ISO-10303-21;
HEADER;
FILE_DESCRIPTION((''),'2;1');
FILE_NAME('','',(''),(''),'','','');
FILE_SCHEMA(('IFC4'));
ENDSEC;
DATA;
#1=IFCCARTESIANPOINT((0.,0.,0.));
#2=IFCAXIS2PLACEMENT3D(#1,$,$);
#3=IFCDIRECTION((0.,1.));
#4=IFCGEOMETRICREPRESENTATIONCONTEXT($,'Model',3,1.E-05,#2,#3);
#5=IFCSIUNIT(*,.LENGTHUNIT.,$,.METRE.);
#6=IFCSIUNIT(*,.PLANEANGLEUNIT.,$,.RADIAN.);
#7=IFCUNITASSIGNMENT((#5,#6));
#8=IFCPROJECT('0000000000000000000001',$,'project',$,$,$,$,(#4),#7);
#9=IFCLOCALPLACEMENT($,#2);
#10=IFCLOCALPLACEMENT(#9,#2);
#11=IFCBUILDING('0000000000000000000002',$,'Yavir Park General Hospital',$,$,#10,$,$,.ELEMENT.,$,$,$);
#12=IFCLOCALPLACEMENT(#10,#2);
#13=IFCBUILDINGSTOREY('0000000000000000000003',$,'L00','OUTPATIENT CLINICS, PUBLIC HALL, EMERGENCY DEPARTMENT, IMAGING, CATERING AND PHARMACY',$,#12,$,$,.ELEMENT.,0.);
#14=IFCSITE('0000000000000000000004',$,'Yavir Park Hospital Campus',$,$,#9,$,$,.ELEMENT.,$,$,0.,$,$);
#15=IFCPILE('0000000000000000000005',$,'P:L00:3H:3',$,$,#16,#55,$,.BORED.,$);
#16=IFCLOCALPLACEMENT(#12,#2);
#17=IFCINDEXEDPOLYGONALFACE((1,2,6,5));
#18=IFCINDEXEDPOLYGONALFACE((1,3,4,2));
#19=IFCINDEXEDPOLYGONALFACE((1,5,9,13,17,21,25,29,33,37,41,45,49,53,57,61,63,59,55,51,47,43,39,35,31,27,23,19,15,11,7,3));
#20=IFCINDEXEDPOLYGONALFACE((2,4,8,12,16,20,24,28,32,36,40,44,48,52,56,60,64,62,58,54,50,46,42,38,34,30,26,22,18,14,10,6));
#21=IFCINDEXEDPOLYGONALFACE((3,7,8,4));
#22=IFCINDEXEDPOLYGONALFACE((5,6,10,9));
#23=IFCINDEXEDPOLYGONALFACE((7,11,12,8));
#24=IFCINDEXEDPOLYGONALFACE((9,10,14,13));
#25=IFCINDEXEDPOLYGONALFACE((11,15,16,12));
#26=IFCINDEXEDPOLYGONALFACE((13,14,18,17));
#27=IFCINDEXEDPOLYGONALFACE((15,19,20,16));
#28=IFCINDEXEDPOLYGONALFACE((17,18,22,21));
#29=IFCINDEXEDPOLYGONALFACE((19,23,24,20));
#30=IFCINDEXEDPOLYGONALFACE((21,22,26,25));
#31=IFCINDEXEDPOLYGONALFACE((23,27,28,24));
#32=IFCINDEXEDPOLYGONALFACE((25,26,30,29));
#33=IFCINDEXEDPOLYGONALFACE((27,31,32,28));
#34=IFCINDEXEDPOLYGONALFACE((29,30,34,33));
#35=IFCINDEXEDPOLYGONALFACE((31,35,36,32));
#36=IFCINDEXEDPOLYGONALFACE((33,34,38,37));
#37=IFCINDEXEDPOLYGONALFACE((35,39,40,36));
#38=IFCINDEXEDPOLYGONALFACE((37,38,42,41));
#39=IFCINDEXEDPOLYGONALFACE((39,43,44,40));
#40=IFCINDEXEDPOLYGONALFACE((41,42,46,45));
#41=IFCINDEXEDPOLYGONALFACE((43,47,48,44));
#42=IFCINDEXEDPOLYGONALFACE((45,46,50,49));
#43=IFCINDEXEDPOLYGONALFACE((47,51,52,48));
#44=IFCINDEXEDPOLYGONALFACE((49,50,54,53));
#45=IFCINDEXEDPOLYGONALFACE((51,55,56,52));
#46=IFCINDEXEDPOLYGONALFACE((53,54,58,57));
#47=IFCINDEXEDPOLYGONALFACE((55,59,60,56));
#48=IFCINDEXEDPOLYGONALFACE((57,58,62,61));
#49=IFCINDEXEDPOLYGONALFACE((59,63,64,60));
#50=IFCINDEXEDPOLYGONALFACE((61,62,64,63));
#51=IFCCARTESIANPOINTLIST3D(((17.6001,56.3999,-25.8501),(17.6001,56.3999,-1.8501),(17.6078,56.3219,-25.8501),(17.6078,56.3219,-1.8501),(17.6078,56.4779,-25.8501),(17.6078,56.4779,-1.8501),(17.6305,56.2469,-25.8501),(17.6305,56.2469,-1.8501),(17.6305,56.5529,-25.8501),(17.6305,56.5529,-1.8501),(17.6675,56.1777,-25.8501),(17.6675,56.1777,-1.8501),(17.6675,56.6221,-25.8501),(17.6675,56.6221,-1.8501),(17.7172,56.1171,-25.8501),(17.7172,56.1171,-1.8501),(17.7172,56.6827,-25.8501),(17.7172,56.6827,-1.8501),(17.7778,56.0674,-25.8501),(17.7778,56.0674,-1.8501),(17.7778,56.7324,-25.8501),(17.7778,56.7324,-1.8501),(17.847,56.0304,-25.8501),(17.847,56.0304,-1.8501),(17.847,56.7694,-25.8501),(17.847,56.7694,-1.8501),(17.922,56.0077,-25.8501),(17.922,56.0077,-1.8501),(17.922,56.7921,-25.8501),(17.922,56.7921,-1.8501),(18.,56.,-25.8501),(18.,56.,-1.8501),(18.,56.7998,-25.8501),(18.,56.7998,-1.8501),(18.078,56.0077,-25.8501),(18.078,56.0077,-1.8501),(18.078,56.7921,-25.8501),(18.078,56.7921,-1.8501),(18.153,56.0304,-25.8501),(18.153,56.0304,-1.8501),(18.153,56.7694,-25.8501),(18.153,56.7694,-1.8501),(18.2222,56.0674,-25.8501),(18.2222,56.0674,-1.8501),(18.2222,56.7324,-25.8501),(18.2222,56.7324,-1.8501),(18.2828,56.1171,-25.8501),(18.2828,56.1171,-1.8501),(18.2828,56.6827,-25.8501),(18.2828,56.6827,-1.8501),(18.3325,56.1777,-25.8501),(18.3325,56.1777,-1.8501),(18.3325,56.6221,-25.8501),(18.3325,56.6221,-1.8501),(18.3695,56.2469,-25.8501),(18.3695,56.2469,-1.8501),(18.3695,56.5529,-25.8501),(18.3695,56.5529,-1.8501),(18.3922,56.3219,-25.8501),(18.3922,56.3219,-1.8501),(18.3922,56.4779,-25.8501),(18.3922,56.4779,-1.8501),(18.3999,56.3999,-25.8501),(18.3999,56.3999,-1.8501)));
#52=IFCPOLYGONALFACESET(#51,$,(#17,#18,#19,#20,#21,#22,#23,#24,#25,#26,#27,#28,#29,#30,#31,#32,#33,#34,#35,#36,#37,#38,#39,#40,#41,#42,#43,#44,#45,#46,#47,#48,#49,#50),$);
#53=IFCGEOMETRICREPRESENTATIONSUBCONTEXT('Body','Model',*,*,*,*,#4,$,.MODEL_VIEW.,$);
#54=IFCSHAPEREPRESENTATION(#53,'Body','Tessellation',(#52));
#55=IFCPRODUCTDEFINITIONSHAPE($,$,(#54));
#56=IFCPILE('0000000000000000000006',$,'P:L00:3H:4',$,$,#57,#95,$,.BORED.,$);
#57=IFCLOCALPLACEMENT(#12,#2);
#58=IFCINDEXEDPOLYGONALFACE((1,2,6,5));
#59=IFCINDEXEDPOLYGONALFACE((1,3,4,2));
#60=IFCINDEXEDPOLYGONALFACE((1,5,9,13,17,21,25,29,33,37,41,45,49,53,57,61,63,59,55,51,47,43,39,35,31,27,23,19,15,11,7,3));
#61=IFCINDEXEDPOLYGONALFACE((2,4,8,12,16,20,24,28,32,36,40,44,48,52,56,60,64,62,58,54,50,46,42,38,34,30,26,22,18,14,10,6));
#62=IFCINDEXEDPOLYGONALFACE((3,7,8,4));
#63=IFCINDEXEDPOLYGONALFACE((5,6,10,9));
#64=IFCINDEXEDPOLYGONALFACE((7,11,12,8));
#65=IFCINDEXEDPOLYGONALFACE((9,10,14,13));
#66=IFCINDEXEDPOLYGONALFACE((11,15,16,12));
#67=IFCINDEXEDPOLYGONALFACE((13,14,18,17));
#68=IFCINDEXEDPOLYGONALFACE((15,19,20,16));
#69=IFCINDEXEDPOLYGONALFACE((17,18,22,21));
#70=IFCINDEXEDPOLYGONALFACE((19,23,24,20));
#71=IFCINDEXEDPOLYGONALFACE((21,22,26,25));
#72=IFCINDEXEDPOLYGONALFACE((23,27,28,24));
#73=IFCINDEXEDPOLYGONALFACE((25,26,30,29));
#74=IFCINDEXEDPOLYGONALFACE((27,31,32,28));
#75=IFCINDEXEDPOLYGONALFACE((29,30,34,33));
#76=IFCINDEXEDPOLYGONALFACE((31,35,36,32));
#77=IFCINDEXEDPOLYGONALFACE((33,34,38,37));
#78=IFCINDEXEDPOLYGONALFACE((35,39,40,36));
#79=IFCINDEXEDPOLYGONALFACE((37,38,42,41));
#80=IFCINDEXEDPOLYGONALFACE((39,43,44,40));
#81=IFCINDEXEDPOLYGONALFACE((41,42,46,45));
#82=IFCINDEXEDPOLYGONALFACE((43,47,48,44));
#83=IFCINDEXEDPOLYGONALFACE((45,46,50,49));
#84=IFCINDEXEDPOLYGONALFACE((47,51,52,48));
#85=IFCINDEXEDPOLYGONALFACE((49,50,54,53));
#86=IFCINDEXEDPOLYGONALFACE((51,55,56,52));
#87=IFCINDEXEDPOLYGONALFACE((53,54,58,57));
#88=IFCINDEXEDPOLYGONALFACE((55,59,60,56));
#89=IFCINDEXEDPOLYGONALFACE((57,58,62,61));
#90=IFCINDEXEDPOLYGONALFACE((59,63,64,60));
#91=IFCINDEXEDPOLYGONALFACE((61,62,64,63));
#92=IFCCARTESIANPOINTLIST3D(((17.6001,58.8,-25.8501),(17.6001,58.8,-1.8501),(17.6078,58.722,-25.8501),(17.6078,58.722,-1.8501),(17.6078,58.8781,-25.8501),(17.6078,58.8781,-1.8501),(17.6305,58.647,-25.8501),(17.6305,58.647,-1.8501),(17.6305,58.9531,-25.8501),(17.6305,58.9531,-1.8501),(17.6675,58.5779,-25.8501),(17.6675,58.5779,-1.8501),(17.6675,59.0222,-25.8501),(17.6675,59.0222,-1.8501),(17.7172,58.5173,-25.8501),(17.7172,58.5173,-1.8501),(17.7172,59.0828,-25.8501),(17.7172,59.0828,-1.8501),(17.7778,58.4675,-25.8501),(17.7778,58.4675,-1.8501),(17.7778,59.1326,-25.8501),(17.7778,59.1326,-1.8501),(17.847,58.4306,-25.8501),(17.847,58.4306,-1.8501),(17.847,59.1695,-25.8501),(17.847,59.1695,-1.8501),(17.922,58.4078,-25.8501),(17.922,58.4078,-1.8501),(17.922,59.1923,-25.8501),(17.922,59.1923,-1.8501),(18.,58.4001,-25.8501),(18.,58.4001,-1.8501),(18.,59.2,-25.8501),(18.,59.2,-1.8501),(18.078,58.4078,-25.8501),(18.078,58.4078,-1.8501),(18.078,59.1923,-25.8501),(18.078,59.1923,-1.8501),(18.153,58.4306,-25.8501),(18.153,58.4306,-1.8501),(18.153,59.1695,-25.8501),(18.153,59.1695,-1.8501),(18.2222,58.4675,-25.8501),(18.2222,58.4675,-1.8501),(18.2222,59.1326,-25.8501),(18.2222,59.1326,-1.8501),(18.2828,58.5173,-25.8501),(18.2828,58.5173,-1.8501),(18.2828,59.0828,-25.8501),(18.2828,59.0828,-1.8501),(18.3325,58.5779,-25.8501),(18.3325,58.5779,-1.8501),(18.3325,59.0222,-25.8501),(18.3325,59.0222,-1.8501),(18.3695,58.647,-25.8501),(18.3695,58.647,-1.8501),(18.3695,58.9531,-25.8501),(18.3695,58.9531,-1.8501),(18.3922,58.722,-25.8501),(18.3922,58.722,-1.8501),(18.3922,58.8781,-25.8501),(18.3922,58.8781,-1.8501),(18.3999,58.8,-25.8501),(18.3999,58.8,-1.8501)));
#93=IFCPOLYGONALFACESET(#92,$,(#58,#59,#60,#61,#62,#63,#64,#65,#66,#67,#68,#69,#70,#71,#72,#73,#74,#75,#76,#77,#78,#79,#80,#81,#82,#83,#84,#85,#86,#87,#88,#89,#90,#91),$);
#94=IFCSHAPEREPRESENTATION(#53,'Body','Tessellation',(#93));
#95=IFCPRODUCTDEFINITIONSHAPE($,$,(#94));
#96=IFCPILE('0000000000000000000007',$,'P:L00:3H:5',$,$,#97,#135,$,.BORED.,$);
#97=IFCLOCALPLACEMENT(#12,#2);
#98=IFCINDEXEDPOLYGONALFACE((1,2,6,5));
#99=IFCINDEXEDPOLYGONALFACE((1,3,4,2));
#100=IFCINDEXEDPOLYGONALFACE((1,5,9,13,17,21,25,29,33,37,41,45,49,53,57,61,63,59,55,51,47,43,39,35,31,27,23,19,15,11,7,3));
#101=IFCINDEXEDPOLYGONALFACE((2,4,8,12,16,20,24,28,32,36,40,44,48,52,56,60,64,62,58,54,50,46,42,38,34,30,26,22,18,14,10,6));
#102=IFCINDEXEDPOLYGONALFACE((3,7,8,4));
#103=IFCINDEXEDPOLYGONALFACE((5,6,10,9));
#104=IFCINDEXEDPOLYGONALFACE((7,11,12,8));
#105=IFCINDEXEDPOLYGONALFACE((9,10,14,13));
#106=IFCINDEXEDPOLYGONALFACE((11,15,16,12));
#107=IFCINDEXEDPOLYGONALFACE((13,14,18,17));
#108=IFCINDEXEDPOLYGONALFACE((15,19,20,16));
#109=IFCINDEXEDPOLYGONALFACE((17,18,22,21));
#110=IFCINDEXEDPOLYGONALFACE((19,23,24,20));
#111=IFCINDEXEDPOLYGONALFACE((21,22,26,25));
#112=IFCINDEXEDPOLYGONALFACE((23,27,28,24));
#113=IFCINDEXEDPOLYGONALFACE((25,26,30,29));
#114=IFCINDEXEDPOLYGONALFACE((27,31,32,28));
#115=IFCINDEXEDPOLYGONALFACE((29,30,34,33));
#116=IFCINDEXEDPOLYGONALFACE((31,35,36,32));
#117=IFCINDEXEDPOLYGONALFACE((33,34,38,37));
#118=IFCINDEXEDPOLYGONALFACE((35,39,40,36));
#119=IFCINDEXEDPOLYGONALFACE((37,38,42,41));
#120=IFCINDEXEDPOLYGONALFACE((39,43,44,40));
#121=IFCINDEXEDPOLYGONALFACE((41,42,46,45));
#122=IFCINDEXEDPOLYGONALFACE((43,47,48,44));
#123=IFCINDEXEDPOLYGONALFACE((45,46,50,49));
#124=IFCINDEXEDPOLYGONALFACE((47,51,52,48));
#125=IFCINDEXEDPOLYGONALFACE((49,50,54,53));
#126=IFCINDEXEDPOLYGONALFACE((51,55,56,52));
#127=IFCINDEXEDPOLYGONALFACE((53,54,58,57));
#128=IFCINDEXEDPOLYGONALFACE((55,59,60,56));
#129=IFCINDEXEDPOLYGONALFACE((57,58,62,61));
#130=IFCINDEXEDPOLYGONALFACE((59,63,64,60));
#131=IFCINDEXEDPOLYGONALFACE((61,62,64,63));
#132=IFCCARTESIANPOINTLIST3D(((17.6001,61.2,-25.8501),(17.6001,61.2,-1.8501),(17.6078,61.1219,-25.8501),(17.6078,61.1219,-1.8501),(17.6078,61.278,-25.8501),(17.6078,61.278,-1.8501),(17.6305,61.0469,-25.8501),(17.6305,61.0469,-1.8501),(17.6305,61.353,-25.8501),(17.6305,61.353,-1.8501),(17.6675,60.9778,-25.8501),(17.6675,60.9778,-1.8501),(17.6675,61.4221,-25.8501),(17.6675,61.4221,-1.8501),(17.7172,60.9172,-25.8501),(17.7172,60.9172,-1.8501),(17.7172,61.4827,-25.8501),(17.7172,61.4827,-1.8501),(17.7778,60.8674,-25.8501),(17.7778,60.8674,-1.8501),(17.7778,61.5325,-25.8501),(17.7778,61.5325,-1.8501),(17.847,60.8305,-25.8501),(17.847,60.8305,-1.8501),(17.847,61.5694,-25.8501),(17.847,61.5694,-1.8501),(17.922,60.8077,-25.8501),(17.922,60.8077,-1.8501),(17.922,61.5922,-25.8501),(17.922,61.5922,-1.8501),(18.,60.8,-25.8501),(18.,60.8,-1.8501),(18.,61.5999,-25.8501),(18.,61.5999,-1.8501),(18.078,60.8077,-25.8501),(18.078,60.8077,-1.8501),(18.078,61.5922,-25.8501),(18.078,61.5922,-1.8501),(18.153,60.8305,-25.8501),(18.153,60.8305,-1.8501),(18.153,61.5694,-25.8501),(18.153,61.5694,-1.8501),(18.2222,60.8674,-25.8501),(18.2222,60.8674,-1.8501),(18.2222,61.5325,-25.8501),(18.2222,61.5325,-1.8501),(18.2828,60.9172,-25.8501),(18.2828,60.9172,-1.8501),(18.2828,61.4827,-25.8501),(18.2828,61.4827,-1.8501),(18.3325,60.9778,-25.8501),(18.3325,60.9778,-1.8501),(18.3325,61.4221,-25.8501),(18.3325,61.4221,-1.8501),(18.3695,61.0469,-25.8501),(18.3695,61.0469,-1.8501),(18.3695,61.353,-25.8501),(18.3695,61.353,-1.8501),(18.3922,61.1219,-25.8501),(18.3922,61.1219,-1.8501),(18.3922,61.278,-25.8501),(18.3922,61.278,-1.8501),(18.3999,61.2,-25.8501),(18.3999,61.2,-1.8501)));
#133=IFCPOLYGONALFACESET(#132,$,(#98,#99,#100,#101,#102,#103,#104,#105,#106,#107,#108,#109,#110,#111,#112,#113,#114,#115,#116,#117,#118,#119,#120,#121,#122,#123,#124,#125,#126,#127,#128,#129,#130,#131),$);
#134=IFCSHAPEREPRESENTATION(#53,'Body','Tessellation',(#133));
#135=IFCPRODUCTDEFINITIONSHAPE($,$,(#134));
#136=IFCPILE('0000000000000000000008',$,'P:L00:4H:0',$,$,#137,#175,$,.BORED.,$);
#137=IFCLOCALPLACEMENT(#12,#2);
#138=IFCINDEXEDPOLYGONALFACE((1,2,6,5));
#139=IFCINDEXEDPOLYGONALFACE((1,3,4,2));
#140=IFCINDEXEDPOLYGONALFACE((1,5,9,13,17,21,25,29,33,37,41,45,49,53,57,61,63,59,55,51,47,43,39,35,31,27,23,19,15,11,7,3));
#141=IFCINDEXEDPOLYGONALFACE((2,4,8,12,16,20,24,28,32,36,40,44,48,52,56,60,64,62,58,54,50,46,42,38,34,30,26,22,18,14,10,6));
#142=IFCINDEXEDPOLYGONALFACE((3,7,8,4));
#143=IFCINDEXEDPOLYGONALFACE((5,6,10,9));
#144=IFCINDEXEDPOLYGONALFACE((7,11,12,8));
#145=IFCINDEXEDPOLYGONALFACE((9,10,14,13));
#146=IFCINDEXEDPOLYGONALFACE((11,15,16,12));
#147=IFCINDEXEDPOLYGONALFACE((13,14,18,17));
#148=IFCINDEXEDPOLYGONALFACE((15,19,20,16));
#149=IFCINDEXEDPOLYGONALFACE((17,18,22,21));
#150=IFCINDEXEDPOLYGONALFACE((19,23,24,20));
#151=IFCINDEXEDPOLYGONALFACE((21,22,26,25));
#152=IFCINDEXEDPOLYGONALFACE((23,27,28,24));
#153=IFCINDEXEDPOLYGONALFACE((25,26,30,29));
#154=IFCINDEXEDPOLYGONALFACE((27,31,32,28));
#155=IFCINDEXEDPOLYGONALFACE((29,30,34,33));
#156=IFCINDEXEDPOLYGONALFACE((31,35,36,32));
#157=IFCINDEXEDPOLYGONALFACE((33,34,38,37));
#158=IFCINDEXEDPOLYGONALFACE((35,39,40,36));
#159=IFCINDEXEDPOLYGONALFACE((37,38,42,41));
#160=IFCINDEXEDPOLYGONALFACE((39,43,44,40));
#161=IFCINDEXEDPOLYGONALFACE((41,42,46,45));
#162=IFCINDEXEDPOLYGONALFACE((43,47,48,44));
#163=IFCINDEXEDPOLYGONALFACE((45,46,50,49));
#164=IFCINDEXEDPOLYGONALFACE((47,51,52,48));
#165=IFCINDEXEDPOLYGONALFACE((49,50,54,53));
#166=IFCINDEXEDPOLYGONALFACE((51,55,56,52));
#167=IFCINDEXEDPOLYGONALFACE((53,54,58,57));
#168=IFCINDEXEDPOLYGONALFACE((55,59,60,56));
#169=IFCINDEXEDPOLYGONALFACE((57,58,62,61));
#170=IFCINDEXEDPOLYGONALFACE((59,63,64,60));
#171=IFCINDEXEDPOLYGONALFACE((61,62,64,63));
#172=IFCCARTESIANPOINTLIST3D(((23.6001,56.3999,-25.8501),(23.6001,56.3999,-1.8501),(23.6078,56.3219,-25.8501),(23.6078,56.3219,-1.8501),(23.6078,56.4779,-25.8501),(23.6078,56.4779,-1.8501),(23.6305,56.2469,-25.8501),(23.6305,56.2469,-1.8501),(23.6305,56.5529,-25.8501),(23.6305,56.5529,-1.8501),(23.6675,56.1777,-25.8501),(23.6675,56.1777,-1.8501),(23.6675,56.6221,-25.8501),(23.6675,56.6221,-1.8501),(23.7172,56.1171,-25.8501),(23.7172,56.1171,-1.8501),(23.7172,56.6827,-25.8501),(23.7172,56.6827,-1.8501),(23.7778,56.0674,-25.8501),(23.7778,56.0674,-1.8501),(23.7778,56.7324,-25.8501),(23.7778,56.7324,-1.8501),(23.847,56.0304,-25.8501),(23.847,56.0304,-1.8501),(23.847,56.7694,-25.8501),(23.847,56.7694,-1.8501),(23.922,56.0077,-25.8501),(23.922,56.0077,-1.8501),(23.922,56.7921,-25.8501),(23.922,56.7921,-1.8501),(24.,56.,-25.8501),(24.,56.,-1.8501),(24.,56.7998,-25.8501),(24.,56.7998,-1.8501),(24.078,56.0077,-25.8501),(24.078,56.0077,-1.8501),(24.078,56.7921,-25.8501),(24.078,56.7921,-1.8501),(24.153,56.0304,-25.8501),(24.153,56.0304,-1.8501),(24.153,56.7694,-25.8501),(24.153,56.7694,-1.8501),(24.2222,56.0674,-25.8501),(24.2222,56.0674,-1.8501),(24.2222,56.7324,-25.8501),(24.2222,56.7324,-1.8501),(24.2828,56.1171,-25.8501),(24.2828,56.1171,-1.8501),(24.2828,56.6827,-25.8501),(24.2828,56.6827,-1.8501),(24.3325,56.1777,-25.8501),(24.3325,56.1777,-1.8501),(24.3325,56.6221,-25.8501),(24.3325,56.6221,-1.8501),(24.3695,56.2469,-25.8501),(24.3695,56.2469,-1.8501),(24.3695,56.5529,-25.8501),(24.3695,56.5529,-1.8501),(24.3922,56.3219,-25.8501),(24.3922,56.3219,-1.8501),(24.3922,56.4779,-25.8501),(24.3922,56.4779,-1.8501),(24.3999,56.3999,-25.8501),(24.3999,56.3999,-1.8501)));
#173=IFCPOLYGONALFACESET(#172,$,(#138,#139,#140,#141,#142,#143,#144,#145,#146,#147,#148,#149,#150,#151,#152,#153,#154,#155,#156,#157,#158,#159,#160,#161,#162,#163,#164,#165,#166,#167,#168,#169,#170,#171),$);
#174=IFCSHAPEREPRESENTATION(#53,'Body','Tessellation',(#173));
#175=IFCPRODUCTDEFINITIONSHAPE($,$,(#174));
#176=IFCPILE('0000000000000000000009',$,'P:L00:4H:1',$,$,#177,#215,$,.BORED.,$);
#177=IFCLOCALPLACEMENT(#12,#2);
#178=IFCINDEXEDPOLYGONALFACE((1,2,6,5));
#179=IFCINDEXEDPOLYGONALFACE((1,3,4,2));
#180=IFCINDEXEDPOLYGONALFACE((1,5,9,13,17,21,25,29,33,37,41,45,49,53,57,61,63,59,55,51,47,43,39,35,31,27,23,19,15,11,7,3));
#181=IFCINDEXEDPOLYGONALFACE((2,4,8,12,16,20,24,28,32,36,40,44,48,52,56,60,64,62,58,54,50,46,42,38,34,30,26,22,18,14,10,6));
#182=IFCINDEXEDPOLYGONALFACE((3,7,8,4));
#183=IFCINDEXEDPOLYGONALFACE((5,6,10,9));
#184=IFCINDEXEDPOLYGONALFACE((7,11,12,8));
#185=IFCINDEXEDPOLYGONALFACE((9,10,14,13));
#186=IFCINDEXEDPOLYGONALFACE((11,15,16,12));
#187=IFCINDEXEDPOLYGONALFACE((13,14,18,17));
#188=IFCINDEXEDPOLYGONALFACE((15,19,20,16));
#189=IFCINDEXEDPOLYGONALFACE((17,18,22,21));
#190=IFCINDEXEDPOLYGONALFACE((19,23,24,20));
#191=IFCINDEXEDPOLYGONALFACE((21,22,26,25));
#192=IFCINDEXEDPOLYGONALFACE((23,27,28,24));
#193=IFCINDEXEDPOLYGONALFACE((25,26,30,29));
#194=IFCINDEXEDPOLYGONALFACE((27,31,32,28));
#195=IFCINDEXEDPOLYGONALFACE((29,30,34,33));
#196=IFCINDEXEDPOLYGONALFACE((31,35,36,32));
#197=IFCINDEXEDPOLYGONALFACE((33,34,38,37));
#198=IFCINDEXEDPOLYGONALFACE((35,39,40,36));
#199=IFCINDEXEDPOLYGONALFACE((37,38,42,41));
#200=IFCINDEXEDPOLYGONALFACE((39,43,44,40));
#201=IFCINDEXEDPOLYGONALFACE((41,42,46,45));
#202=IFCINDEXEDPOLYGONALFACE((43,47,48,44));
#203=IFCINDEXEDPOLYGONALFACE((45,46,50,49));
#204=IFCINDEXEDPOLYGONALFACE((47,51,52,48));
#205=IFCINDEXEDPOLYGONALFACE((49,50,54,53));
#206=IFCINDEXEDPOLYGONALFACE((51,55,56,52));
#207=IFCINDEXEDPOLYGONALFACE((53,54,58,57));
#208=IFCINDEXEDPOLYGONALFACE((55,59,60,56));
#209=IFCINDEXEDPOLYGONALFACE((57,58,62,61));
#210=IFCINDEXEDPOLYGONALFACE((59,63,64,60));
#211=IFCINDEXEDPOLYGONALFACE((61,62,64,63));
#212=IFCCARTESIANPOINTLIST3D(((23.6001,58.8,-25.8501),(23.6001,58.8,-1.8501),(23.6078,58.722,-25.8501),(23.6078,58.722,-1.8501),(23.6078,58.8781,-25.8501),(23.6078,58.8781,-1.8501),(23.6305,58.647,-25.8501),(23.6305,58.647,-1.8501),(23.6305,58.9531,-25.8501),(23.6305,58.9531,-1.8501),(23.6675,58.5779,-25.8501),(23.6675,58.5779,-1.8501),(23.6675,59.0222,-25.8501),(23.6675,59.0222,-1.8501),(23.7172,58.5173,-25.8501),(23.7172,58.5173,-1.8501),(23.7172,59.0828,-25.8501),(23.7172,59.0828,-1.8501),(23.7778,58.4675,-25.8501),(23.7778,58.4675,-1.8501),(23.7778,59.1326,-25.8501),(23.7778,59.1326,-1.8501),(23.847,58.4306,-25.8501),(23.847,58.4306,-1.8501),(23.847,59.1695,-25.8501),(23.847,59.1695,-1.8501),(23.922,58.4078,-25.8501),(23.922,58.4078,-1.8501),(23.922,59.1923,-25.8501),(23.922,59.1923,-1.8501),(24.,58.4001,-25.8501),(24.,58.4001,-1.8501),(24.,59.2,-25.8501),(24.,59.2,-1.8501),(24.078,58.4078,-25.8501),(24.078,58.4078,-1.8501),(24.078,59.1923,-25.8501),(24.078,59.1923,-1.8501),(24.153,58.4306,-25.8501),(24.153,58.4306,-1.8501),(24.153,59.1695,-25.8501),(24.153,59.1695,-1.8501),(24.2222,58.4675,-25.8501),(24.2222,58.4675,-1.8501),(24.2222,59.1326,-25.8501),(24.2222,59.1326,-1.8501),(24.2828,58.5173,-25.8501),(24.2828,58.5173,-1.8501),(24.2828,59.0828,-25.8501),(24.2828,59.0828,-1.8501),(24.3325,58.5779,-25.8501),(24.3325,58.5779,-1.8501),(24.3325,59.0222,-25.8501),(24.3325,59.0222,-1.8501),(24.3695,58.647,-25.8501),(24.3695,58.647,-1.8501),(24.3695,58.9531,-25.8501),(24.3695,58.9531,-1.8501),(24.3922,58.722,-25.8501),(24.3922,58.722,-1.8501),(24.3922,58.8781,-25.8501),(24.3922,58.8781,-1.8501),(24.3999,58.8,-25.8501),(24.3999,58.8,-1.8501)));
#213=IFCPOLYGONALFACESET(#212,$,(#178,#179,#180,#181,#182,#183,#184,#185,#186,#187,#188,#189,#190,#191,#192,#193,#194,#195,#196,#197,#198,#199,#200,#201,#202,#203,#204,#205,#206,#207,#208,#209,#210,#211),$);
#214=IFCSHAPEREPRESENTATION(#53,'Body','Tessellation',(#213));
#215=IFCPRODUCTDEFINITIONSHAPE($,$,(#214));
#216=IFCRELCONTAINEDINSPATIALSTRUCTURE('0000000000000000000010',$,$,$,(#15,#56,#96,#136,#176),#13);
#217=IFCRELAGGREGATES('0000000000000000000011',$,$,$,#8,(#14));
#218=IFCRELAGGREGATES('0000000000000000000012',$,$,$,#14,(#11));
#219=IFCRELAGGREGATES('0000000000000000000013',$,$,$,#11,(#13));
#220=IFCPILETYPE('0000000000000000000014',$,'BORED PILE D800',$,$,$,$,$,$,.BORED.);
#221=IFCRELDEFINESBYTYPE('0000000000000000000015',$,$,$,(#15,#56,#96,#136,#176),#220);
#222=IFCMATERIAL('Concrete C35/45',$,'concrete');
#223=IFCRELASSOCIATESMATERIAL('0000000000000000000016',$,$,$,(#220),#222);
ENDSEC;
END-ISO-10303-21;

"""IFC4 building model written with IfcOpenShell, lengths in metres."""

from ifc_helpers import new_model, si_unit, direction, frame, origin, origin_2d, place, context, subcontext, project, spatial, circle, extrude, material, material_profile, profile_set, type_object, element, save


model = new_model("IFC4")

# Units and contexts
model_context = context("Model", 3, precision=1e-05, world=origin(), true_north=direction((0.0, 1.0)))
body_context = subcontext(model_context, "Body", "Model", "MODEL_VIEW")
ifc_project = project(units=[si_unit("LENGTHUNIT", "METRE"), si_unit("PLANEANGLEUNIT", "RADIAN")], contexts=[model_context])

# Site, building, storey
site_placement = place(None, origin())
site = spatial("IfcSite", under=ifc_project, at=site_placement, Name="Yavir Park Hospital Campus", CompositionType="ELEMENT", RefElevation=0.0)
building_placement = place(site_placement, origin())
building = spatial("IfcBuilding", under=site, at=building_placement, Name="Yavir Park General Hospital", CompositionType="ELEMENT")
storey_placement = place(building_placement, origin())
storey = spatial("IfcBuildingStorey", under=building, at=storey_placement, Name="L00", Description="OUTPATIENT CLINICS, PUBLIC HALL, EMERGENCY DEPARTMENT, IMAGING, CATERING AND PHARMACY", CompositionType="ELEMENT", Elevation=0.0)

# Piles
ifc_material_1 = material(Name="Concrete C35/45", Category="concrete")
ifc_material_profile_1 = material_profile(ifc_material_1, circle(Radius=0.3999, at=origin_2d()), Name="D800")
ifc_profile_set_1 = profile_set([ifc_material_profile_1], Name="Concrete C35/45")
pile_type = type_object("IfcPileType", Name="BORED PILE D800", PredefinedType="BORED", material=ifc_profile_set_1)
for number, where, z_axis, x_axis, name in (
    (1, (18.0, 56.3999, -1.8501), (0.0, 0.0, -1.0), (1.0, 0.0, 0.0), "P:L00:3H:3"),
    (2, (18.0, 58.8, -1.8501), (0.0, 0.0, -1.0), (1.0, 0.0, 0.0), "P:L00:3H:4"),
    (3, (18.0, 61.2, -1.8501), (0.0, 0.0, -1.0), (1.0, 0.0, 0.0), "P:L00:3H:5"),
    (4, (24.0, 56.3999, -1.8501), (0.0, 0.0, -1.0), (1.0, 0.0, 0.0), "P:L00:4H:0"),
    (5, (24.0, 58.8, -1.8501), (0.0, 0.0, -1.0), (1.0, 0.0, 0.0), "P:L00:4H:1"),
):
    element("IfcPile", number, at=place(storey_placement, frame(where, z_axis=z_axis, x_axis=x_axis)), inside=storey, type_object=pile_type, Name=name, PredefinedType="BORED", context=body_context, shape_type="SweptSolid", body=[
        extrude(circle(Radius=0.3999, at=origin_2d()), origin(), (0.0, 0.0, 1.0), 24.0),
    ])

save(model, "model.ifc")
